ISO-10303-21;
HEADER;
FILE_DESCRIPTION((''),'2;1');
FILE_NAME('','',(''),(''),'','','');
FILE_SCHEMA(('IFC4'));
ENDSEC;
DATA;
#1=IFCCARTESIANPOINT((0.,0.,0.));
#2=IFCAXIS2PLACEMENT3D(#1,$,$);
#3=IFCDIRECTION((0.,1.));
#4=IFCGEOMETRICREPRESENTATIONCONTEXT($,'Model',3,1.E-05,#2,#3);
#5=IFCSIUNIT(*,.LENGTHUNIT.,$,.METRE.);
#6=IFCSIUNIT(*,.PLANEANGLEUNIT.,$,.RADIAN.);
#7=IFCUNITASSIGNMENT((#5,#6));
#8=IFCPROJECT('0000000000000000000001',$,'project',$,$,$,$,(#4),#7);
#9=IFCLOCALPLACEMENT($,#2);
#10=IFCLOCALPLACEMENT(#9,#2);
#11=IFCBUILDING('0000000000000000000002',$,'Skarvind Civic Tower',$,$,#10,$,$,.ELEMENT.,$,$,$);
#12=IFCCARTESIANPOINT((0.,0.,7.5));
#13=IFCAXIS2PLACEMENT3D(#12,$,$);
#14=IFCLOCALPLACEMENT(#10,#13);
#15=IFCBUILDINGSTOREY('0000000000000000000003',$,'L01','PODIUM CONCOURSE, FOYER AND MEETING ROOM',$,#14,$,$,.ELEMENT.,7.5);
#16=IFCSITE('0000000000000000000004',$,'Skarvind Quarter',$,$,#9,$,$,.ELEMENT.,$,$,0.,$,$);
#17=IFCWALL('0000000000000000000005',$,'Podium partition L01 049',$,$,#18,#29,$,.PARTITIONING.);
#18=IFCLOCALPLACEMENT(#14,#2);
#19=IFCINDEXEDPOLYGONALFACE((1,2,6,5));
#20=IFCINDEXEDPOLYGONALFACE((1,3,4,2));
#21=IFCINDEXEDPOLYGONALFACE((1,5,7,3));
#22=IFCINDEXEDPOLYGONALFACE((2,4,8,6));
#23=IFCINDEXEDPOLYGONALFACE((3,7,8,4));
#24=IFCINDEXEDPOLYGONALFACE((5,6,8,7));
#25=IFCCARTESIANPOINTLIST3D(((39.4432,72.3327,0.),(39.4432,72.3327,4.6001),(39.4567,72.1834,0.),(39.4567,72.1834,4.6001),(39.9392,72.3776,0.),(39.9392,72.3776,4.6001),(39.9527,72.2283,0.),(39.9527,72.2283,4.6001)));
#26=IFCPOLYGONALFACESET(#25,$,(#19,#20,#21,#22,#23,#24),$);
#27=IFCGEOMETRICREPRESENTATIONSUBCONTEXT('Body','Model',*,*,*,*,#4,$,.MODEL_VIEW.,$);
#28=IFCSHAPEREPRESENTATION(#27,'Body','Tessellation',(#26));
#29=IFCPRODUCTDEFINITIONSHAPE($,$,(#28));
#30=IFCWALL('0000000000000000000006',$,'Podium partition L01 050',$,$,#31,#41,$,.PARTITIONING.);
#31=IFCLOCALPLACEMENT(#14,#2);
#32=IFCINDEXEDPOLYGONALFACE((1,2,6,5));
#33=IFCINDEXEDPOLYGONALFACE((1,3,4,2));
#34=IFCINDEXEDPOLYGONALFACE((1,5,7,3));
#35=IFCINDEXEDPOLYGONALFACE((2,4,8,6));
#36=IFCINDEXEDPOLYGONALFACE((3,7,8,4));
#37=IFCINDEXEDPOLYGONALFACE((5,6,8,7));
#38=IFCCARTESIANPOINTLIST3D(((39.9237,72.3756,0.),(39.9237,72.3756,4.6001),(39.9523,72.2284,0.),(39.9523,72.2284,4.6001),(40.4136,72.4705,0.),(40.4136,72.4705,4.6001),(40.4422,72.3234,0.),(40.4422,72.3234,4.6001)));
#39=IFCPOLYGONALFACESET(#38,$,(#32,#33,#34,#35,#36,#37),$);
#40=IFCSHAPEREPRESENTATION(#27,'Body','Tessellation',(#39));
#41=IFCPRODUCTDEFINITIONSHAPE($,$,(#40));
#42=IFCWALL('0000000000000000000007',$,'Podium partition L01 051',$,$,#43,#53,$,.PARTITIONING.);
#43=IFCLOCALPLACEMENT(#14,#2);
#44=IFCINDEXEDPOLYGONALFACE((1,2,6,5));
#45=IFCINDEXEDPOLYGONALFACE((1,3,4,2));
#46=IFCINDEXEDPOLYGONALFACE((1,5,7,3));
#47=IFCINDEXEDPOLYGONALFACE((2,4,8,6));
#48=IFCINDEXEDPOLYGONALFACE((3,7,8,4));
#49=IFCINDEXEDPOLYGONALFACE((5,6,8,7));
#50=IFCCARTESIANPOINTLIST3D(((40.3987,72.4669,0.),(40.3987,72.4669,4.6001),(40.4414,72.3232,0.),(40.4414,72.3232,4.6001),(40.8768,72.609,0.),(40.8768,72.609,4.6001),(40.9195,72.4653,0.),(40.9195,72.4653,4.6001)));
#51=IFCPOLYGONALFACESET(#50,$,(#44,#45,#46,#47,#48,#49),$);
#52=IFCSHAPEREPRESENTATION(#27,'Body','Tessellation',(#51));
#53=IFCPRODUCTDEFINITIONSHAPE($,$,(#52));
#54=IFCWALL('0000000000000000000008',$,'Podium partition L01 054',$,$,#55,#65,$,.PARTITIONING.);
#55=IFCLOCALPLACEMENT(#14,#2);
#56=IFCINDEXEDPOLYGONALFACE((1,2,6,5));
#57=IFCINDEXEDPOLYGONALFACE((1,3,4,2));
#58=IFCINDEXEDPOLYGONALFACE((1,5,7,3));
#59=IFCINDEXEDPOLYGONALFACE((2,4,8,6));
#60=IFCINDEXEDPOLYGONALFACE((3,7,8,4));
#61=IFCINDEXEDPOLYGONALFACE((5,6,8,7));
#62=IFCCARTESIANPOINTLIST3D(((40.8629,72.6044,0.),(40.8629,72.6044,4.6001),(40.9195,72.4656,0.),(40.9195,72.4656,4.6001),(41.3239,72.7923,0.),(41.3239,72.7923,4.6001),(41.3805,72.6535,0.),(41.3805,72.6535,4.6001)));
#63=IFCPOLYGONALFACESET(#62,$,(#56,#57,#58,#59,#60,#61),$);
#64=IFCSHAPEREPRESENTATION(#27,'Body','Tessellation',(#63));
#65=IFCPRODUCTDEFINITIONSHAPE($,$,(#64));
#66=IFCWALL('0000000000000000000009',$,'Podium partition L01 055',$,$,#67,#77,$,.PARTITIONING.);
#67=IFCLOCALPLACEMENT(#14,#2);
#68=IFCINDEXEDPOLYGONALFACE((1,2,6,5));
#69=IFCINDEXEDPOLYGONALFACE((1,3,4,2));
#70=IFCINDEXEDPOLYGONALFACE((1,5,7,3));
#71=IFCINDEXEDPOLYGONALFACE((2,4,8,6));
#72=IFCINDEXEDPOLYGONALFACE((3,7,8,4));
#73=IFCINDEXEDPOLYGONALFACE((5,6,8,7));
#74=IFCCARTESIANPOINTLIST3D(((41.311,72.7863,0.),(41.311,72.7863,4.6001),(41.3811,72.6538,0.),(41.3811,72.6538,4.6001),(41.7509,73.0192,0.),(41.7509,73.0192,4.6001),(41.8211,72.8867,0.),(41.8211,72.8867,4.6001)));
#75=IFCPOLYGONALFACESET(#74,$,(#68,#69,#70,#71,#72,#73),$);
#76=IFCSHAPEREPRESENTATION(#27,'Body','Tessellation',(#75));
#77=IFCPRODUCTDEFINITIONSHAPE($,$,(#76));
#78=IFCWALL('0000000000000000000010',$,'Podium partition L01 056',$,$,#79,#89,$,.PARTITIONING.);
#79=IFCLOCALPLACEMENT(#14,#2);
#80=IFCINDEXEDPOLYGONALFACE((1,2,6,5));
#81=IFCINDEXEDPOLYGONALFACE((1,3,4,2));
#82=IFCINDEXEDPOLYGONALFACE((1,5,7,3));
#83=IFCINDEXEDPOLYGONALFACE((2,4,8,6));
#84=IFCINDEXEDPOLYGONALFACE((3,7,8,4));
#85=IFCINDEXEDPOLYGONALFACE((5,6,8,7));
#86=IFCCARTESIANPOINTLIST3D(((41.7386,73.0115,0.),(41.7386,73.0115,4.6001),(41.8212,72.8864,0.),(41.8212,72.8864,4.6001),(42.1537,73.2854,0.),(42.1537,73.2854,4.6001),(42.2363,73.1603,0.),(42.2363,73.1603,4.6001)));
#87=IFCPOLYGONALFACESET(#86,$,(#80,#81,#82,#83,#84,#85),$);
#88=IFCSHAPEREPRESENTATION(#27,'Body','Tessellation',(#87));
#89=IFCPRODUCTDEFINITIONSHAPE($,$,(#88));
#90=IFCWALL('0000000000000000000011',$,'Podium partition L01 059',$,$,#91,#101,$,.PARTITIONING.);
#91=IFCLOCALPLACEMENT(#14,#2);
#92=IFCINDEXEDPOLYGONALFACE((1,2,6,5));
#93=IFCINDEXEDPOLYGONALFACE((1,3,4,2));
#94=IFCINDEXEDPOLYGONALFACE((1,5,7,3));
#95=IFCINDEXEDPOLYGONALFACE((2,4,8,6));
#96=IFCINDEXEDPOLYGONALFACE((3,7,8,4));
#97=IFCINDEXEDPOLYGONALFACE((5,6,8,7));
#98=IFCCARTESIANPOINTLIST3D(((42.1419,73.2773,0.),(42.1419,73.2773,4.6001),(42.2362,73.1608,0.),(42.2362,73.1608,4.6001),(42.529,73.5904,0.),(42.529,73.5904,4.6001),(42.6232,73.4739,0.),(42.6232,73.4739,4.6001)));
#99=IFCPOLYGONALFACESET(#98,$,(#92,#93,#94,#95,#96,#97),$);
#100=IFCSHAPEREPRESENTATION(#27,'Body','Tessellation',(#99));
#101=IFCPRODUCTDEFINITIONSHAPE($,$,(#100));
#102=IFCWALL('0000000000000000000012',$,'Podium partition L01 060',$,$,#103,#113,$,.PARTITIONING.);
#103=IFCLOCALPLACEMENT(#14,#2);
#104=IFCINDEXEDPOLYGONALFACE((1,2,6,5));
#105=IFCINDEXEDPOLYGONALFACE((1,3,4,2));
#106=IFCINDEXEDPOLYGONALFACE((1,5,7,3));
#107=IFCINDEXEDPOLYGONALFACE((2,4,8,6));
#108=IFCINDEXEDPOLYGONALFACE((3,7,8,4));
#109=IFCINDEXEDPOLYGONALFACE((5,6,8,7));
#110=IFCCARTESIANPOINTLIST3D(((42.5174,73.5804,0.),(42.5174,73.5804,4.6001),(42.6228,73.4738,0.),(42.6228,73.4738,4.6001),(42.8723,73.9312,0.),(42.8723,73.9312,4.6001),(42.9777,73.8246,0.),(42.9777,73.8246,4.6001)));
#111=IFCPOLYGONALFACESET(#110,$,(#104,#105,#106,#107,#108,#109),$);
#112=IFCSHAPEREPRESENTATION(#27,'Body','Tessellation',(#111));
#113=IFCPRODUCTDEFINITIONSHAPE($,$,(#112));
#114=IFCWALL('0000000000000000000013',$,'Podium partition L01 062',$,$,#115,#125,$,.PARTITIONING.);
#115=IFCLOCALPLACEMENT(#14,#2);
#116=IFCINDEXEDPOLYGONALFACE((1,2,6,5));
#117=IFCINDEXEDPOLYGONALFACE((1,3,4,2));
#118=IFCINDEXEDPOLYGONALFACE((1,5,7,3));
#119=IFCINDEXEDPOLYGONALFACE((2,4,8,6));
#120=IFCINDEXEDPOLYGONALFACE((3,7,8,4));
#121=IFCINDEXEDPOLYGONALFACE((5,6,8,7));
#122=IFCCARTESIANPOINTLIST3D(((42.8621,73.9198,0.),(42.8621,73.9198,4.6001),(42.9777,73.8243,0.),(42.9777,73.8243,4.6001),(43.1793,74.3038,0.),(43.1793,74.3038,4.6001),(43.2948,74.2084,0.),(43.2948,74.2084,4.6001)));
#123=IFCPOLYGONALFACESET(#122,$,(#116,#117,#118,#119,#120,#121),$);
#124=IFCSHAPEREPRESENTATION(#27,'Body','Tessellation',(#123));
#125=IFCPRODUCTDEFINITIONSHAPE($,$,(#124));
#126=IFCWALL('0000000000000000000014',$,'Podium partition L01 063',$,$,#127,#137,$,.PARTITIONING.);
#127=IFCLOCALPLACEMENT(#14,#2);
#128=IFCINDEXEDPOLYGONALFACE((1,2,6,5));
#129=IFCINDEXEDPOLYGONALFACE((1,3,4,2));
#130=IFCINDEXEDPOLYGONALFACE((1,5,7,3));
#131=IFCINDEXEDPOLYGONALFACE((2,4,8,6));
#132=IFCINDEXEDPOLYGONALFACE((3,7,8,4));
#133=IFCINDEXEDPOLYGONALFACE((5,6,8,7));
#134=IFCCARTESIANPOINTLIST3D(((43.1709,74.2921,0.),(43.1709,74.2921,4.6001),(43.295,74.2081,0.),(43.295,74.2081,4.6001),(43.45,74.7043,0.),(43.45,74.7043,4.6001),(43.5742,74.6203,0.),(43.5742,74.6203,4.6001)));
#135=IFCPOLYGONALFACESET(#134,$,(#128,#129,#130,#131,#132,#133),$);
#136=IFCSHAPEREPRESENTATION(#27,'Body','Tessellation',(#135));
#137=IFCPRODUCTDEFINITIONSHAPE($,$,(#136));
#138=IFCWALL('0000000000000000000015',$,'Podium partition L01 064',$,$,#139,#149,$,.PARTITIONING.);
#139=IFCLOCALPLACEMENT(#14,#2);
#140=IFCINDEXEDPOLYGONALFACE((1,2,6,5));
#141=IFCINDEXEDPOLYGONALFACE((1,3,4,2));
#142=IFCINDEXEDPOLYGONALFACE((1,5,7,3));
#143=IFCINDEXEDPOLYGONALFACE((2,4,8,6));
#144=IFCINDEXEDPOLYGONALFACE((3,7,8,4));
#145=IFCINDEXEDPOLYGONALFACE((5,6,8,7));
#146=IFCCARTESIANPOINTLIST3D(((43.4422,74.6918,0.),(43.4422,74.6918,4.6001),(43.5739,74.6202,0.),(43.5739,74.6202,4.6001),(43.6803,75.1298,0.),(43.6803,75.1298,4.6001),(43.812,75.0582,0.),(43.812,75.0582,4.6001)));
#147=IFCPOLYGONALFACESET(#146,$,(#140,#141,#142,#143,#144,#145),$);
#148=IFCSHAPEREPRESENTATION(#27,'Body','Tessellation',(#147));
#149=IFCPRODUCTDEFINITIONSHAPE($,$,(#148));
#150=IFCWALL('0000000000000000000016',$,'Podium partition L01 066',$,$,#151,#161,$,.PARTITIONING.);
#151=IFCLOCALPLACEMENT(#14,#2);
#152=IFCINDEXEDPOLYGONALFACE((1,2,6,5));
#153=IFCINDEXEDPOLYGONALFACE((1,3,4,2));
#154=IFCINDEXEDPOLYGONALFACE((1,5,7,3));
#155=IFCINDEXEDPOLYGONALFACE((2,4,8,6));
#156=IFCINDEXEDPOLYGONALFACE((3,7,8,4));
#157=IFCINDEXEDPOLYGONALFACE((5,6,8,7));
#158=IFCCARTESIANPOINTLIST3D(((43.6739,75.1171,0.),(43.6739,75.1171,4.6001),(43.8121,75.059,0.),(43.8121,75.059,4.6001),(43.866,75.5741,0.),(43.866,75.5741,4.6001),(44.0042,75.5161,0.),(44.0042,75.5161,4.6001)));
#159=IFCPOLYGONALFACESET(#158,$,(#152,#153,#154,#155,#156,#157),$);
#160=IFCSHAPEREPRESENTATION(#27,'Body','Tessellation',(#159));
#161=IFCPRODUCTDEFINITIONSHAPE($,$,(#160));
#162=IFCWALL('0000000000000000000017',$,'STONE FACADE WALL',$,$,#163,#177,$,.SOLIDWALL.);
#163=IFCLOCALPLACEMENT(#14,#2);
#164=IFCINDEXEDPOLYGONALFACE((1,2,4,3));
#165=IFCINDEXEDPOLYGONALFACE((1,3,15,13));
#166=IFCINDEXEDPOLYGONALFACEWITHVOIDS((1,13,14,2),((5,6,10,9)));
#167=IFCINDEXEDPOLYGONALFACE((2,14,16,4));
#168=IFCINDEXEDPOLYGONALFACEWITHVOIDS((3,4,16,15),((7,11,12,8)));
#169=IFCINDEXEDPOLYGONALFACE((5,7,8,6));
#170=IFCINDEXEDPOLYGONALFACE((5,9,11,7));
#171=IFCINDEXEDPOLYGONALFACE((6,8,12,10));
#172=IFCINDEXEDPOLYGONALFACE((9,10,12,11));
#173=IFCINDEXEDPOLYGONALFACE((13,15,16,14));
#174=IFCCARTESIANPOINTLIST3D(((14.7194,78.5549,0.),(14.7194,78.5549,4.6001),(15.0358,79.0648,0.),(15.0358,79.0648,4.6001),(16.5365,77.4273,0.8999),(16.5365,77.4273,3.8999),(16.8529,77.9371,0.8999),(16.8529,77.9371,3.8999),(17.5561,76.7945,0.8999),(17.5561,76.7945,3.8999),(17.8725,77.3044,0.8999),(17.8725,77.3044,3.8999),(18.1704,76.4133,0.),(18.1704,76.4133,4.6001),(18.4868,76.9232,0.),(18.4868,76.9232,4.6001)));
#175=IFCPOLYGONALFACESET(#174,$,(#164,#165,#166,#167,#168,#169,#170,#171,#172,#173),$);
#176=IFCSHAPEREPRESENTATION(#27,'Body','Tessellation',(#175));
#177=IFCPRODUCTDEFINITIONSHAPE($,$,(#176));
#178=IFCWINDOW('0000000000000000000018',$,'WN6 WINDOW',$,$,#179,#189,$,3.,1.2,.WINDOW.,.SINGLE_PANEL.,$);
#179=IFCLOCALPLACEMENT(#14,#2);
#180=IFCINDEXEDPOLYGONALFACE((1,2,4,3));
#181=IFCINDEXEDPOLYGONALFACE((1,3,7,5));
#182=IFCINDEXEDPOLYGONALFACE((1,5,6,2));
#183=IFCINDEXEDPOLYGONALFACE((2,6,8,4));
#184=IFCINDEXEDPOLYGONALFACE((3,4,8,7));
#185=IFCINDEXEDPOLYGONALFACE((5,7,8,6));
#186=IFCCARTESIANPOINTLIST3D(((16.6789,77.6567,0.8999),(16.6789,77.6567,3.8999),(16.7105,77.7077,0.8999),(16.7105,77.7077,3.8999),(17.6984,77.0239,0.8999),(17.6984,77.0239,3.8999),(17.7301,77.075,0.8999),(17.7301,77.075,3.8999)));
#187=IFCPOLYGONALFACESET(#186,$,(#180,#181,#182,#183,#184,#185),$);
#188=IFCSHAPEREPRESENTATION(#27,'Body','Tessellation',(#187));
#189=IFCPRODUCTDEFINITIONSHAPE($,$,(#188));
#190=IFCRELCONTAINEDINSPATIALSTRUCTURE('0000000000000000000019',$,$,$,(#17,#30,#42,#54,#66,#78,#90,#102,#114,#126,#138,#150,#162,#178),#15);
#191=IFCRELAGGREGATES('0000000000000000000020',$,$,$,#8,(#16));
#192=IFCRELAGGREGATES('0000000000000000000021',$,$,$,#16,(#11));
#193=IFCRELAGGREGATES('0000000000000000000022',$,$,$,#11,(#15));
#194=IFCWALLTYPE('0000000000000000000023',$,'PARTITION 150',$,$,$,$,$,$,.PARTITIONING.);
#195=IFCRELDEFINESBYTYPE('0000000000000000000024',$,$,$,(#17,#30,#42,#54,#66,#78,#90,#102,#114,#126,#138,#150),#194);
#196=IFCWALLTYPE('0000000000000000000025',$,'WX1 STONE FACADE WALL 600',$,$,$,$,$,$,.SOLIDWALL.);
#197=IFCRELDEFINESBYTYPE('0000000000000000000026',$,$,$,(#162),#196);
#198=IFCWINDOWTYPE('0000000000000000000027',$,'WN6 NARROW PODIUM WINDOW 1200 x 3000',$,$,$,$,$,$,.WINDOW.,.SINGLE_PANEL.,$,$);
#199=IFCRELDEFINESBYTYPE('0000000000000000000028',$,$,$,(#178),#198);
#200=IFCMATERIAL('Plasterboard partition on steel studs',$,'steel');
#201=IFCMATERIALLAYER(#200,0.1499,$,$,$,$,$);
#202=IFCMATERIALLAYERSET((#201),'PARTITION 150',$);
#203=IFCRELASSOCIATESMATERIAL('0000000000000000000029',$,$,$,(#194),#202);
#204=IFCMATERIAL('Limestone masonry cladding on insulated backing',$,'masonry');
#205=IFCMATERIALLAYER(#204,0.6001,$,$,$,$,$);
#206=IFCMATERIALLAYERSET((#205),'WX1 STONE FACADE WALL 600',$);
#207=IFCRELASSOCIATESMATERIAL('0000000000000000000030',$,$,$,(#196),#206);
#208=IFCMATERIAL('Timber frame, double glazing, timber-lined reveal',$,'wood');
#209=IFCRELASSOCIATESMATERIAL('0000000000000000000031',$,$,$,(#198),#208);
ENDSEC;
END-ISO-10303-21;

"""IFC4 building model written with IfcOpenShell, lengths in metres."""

from ifc_helpers import new_model, si_unit, direction, frame, frame_2d, origin, place, context, subcontext, project, spatial, rectangle, extrude, material, layer, layer_set, type_object, element, fill, save


model = new_model("IFC4")

# Units and contexts
model_context = context("Model", 3, precision=1e-05, world=origin(), true_north=direction((0.0, 1.0)))
body_context = subcontext(model_context, "Body", "Model", "MODEL_VIEW")
ifc_project = project(units=[si_unit("LENGTHUNIT", "METRE"), si_unit("PLANEANGLEUNIT", "RADIAN")], contexts=[model_context])

# Site, building, storey
site_placement = place(None, origin())
site = spatial("IfcSite", under=ifc_project, at=site_placement, Name="Skarvind Quarter", CompositionType="ELEMENT", RefElevation=0.0)
building_placement = place(site_placement, origin())
building = spatial("IfcBuilding", under=site, at=building_placement, Name="Skarvind Civic Tower", CompositionType="ELEMENT")
storey_placement = place(building_placement, frame((0.0, 0.0, 7.5)))
storey = spatial("IfcBuildingStorey", under=building, at=storey_placement, Name="L01", Description="PODIUM CONCOURSE, FOYER AND MEETING ROOM", CompositionType="ELEMENT", Elevation=7.5)

# Shared definitions
ifc_material_1 = material(Name="Plasterboard partition on steel studs", Category="steel")
ifc_layer_1 = layer(ifc_material_1, 0.1499)
ifc_layer_set_1 = layer_set([ifc_layer_1], Name="PARTITION 150")
wall_type_1 = type_object("IfcWallType", Name="PARTITION 150", PredefinedType="PARTITIONING", material=ifc_layer_set_1)

# Walls
wall_1_placement = place(storey_placement, frame((39.45, 72.2581, 0.0), z_axis=(0.0, 0.0, 1.0), x_axis=(0.995925, 0.090182, 0.0)))
element("IfcWall", 1, at=wall_1_placement, inside=storey, type_object=wall_type_1, Name="Podium partition L01 049", PredefinedType="PARTITIONING", context=body_context, shape_type="SweptSolid", body=[
    extrude(rectangle(XDim=0.498, YDim=0.1499, at=frame_2d((0.249, 0.0))), origin(), (0.0, 0.0, 1.0), 4.6001),
])
wall_2_placement = place(storey_placement, frame((39.938, 72.302, 0.0), z_axis=(0.0, 0.0, 1.0), x_axis=(0.98173, 0.19028, 0.0)))
element("IfcWall", 2, at=wall_2_placement, inside=storey, type_object=wall_type_1, Name="Podium partition L01 050", PredefinedType="PARTITIONING", context=body_context, shape_type="SweptSolid", body=[
    extrude(rectangle(XDim=0.499, YDim=0.1499, at=frame_2d((0.2495, 0.0))), origin(), (0.0, 0.0, 1.0), 4.6001),
])
wall_3_placement = place(storey_placement, frame((40.4199, 72.395, 0.0), z_axis=(0.0, 0.0, 1.0), x_axis=(0.958551, 0.284922, 0.0)))
element("IfcWall", 3, at=wall_3_placement, inside=storey, type_object=wall_type_1, Name="Podium partition L01 051", PredefinedType="PARTITIONING", context=body_context, shape_type="SweptSolid", body=[
    extrude(rectangle(XDim=0.4988, YDim=0.1499, at=frame_2d((0.2495, 0.0))), origin(), (0.0, 0.0, 1.0), 4.6001),
])
for number, where, z_axis, x_axis, name in (
    (4, (40.8911, 72.5349, 0.0), (0.0, 0.0, 1.0), (0.925953, 0.37764, 0.0), "Podium partition L01 054"),
    (5, (41.3459, 72.72, 0.0), (0.0, 0.0, 1.0), (0.883788, 0.467888, 0.0), "Podium partition L01 055"),
):
    element("IfcWall", number, at=place(storey_placement, frame(where, z_axis=z_axis, x_axis=x_axis)), inside=storey, type_object=wall_type_1, Name=name, PredefinedType="PARTITIONING", context=body_context, shape_type="SweptSolid", body=[
        extrude(rectangle(XDim=0.4978, YDim=0.1499, at=frame_2d((0.249, 0.0))), origin(), (0.0, 0.0, 1.0), 4.6001),
    ])
wall_4_placement = place(storey_placement, frame((41.78, 72.949, 0.0), z_axis=(0.0, 0.0, 1.0), x_axis=(0.834609, 0.550842, 0.0)))
element("IfcWall", 6, at=wall_4_placement, inside=storey, type_object=wall_type_1, Name="Podium partition L01 056", PredefinedType="PARTITIONING", context=body_context, shape_type="SweptSolid", body=[
    extrude(rectangle(XDim=0.4973, YDim=0.1499, at=frame_2d((0.2485, 0.0))), origin(), (0.0, 0.0, 1.0), 4.6001),
])
wall_5_placement = place(storey_placement, frame((42.189, 73.219, 0.0), z_axis=(0.0, 0.0, 1.0), x_axis=(0.777508, 0.628874, 0.0)))
element("IfcWall", 7, at=wall_5_placement, inside=storey, type_object=wall_type_1, Name="Podium partition L01 059", PredefinedType="PARTITIONING", context=body_context, shape_type="SweptSolid", body=[
    extrude(rectangle(XDim=0.4978, YDim=0.1499, at=frame_2d((0.249, 0.0))), origin(), (0.0, 0.0, 1.0), 4.6001),
])
wall_6_placement = place(storey_placement, frame((42.5701, 73.5271, 0.0), z_axis=(0.0, 0.0, 1.0), x_axis=(0.711252, 0.702937, 0.0)))
element("IfcWall", 8, at=wall_6_placement, inside=storey, type_object=wall_type_1, Name="Podium partition L01 060", PredefinedType="PARTITIONING", context=body_context, shape_type="SweptSolid", body=[
    extrude(rectangle(XDim=0.499, YDim=0.1499, at=frame_2d((0.2495, 0.0))), origin(), (0.0, 0.0, 1.0), 4.6001),
])
wall_7_placement = place(storey_placement, frame((42.9199, 73.8721, 0.0), z_axis=(0.0, 0.0, 1.0), x_axis=(0.636755, 0.771066, 0.0)))
element("IfcWall", 9, at=wall_7_placement, inside=storey, type_object=wall_type_1, Name="Podium partition L01 062", PredefinedType="PARTITIONING", context=body_context, shape_type="SweptSolid", body=[
    extrude(rectangle(XDim=0.498, YDim=0.1499, at=frame_2d((0.249, 0.0))), origin(), (0.0, 0.0, 1.0), 4.6001),
])
wall_8_placement = place(storey_placement, frame((43.2329, 74.25, 0.0), z_axis=(0.0, 0.0, 1.0), x_axis=(0.560685, 0.828029, 0.0)))
element("IfcWall", 10, at=wall_8_placement, inside=storey, type_object=wall_type_1, Name="Podium partition L01 063", PredefinedType="PARTITIONING", context=body_context, shape_type="SweptSolid", body=[
    extrude(rectangle(XDim=0.4978, YDim=0.1499, at=frame_2d((0.249, 0.0))), origin(), (0.0, 0.0, 1.0), 4.6001),
])
wall_9_placement = place(storey_placement, frame((43.5081, 74.656, 0.0), z_axis=(0.0, 0.0, 1.0), x_axis=(0.477513, 0.878625, 0.0)))
element("IfcWall", 11, at=wall_9_placement, inside=storey, type_object=wall_type_1, Name="Podium partition L01 064", PredefinedType="PARTITIONING", context=body_context, shape_type="SweptSolid", body=[
    extrude(rectangle(XDim=0.4985, YDim=0.1499, at=frame_2d((0.2493, 0.0))), origin(), (0.0, 0.0, 1.0), 4.6001),
])
wall_10_placement = place(storey_placement, frame((43.7429, 75.0879, 0.0), z_axis=(0.0, 0.0, 1.0), x_axis=(0.387551, 0.921848, 0.0)))
element("IfcWall", 12, at=wall_10_placement, inside=storey, type_object=wall_type_1, Name="Podium partition L01 066", PredefinedType="PARTITIONING", context=body_context, shape_type="SweptSolid", body=[
    extrude(rectangle(XDim=0.4958, YDim=0.1499, at=frame_2d((0.248, 0.0))), origin(), (0.0, 0.0, 1.0), 4.6001),
])

# Wall, opening, window
ifc_material_2 = material(Name="Limestone masonry cladding on insulated backing", Category="masonry")
ifc_layer_2 = layer(ifc_material_2, 0.6001)
ifc_layer_set_2 = layer_set([ifc_layer_2], Name="WX1 STONE FACADE WALL 600")
wall_type_2 = type_object("IfcWallType", Name="WX1 STONE FACADE WALL 600", PredefinedType="SOLIDWALL", material=ifc_layer_set_2)
wall_11_placement = place(storey_placement, frame((18.3286, 76.6682, 0.0), z_axis=(0.0, 0.0, 1.0), x_axis=(-0.849679, 0.5273, 0.0)))
wall_11 = element("IfcWall", 13, at=wall_11_placement, inside=storey, type_object=wall_type_2, Name="STONE FACADE WALL", PredefinedType="SOLIDWALL", context=body_context, shape_type="SweptSolid", body=[
    extrude(rectangle(XDim=4.0615, YDim=0.6001, at=frame_2d((2.0308, 0.0))), origin(), (0.0, 0.0, 1.0), 4.6001),
])
opening_1_placement = place(wall_11_placement, frame((0.7229, 0.0, 0.8999)))
opening_1 = element("IfcOpeningElement", 14, at=opening_1_placement, cuts=wall_11, PredefinedType="OPENING", context=body_context, shape_type="SweptSolid", body=[
    extrude(rectangle(XDim=1.2, YDim=3.0, at=frame_2d((0.6001, 1.5))), frame((0.0, 0.3101, 0.0), z_axis=(0.0, -1.0, 0.0), x_axis=(1.0, 0.0, 0.0)), (0.0, 0.0, 1.0), 0.6201),
])
ifc_material_3 = material(Name="Timber frame, double glazing, timber-lined reveal", Category="wood")
window_type = type_object("IfcWindowType", Name="WN6 NARROW PODIUM WINDOW 1200 x 3000", PartitioningType="SINGLE_PANEL", PredefinedType="WINDOW", material=ifc_material_3)
window_placement = place(opening_1_placement, origin())
window = element("IfcWindow", 15, at=window_placement, inside=storey, type_object=window_type, Name="WN6 WINDOW", OverallHeight=3.0, OverallWidth=1.2, PartitioningType="SINGLE_PANEL", PredefinedType="WINDOW", context=body_context, shape_type="SweptSolid", body=[
    extrude(rectangle(XDim=1.2, YDim=3.0, at=frame_2d((0.6001, 1.5))), frame((0.0, 0.03, 0.0), z_axis=(0.0, -1.0, 0.0), x_axis=(1.0, 0.0, 0.0)), (0.0, 0.0, 1.0), 0.0601),
])
fill(opening_1, window)

save(model, "model.ifc")
